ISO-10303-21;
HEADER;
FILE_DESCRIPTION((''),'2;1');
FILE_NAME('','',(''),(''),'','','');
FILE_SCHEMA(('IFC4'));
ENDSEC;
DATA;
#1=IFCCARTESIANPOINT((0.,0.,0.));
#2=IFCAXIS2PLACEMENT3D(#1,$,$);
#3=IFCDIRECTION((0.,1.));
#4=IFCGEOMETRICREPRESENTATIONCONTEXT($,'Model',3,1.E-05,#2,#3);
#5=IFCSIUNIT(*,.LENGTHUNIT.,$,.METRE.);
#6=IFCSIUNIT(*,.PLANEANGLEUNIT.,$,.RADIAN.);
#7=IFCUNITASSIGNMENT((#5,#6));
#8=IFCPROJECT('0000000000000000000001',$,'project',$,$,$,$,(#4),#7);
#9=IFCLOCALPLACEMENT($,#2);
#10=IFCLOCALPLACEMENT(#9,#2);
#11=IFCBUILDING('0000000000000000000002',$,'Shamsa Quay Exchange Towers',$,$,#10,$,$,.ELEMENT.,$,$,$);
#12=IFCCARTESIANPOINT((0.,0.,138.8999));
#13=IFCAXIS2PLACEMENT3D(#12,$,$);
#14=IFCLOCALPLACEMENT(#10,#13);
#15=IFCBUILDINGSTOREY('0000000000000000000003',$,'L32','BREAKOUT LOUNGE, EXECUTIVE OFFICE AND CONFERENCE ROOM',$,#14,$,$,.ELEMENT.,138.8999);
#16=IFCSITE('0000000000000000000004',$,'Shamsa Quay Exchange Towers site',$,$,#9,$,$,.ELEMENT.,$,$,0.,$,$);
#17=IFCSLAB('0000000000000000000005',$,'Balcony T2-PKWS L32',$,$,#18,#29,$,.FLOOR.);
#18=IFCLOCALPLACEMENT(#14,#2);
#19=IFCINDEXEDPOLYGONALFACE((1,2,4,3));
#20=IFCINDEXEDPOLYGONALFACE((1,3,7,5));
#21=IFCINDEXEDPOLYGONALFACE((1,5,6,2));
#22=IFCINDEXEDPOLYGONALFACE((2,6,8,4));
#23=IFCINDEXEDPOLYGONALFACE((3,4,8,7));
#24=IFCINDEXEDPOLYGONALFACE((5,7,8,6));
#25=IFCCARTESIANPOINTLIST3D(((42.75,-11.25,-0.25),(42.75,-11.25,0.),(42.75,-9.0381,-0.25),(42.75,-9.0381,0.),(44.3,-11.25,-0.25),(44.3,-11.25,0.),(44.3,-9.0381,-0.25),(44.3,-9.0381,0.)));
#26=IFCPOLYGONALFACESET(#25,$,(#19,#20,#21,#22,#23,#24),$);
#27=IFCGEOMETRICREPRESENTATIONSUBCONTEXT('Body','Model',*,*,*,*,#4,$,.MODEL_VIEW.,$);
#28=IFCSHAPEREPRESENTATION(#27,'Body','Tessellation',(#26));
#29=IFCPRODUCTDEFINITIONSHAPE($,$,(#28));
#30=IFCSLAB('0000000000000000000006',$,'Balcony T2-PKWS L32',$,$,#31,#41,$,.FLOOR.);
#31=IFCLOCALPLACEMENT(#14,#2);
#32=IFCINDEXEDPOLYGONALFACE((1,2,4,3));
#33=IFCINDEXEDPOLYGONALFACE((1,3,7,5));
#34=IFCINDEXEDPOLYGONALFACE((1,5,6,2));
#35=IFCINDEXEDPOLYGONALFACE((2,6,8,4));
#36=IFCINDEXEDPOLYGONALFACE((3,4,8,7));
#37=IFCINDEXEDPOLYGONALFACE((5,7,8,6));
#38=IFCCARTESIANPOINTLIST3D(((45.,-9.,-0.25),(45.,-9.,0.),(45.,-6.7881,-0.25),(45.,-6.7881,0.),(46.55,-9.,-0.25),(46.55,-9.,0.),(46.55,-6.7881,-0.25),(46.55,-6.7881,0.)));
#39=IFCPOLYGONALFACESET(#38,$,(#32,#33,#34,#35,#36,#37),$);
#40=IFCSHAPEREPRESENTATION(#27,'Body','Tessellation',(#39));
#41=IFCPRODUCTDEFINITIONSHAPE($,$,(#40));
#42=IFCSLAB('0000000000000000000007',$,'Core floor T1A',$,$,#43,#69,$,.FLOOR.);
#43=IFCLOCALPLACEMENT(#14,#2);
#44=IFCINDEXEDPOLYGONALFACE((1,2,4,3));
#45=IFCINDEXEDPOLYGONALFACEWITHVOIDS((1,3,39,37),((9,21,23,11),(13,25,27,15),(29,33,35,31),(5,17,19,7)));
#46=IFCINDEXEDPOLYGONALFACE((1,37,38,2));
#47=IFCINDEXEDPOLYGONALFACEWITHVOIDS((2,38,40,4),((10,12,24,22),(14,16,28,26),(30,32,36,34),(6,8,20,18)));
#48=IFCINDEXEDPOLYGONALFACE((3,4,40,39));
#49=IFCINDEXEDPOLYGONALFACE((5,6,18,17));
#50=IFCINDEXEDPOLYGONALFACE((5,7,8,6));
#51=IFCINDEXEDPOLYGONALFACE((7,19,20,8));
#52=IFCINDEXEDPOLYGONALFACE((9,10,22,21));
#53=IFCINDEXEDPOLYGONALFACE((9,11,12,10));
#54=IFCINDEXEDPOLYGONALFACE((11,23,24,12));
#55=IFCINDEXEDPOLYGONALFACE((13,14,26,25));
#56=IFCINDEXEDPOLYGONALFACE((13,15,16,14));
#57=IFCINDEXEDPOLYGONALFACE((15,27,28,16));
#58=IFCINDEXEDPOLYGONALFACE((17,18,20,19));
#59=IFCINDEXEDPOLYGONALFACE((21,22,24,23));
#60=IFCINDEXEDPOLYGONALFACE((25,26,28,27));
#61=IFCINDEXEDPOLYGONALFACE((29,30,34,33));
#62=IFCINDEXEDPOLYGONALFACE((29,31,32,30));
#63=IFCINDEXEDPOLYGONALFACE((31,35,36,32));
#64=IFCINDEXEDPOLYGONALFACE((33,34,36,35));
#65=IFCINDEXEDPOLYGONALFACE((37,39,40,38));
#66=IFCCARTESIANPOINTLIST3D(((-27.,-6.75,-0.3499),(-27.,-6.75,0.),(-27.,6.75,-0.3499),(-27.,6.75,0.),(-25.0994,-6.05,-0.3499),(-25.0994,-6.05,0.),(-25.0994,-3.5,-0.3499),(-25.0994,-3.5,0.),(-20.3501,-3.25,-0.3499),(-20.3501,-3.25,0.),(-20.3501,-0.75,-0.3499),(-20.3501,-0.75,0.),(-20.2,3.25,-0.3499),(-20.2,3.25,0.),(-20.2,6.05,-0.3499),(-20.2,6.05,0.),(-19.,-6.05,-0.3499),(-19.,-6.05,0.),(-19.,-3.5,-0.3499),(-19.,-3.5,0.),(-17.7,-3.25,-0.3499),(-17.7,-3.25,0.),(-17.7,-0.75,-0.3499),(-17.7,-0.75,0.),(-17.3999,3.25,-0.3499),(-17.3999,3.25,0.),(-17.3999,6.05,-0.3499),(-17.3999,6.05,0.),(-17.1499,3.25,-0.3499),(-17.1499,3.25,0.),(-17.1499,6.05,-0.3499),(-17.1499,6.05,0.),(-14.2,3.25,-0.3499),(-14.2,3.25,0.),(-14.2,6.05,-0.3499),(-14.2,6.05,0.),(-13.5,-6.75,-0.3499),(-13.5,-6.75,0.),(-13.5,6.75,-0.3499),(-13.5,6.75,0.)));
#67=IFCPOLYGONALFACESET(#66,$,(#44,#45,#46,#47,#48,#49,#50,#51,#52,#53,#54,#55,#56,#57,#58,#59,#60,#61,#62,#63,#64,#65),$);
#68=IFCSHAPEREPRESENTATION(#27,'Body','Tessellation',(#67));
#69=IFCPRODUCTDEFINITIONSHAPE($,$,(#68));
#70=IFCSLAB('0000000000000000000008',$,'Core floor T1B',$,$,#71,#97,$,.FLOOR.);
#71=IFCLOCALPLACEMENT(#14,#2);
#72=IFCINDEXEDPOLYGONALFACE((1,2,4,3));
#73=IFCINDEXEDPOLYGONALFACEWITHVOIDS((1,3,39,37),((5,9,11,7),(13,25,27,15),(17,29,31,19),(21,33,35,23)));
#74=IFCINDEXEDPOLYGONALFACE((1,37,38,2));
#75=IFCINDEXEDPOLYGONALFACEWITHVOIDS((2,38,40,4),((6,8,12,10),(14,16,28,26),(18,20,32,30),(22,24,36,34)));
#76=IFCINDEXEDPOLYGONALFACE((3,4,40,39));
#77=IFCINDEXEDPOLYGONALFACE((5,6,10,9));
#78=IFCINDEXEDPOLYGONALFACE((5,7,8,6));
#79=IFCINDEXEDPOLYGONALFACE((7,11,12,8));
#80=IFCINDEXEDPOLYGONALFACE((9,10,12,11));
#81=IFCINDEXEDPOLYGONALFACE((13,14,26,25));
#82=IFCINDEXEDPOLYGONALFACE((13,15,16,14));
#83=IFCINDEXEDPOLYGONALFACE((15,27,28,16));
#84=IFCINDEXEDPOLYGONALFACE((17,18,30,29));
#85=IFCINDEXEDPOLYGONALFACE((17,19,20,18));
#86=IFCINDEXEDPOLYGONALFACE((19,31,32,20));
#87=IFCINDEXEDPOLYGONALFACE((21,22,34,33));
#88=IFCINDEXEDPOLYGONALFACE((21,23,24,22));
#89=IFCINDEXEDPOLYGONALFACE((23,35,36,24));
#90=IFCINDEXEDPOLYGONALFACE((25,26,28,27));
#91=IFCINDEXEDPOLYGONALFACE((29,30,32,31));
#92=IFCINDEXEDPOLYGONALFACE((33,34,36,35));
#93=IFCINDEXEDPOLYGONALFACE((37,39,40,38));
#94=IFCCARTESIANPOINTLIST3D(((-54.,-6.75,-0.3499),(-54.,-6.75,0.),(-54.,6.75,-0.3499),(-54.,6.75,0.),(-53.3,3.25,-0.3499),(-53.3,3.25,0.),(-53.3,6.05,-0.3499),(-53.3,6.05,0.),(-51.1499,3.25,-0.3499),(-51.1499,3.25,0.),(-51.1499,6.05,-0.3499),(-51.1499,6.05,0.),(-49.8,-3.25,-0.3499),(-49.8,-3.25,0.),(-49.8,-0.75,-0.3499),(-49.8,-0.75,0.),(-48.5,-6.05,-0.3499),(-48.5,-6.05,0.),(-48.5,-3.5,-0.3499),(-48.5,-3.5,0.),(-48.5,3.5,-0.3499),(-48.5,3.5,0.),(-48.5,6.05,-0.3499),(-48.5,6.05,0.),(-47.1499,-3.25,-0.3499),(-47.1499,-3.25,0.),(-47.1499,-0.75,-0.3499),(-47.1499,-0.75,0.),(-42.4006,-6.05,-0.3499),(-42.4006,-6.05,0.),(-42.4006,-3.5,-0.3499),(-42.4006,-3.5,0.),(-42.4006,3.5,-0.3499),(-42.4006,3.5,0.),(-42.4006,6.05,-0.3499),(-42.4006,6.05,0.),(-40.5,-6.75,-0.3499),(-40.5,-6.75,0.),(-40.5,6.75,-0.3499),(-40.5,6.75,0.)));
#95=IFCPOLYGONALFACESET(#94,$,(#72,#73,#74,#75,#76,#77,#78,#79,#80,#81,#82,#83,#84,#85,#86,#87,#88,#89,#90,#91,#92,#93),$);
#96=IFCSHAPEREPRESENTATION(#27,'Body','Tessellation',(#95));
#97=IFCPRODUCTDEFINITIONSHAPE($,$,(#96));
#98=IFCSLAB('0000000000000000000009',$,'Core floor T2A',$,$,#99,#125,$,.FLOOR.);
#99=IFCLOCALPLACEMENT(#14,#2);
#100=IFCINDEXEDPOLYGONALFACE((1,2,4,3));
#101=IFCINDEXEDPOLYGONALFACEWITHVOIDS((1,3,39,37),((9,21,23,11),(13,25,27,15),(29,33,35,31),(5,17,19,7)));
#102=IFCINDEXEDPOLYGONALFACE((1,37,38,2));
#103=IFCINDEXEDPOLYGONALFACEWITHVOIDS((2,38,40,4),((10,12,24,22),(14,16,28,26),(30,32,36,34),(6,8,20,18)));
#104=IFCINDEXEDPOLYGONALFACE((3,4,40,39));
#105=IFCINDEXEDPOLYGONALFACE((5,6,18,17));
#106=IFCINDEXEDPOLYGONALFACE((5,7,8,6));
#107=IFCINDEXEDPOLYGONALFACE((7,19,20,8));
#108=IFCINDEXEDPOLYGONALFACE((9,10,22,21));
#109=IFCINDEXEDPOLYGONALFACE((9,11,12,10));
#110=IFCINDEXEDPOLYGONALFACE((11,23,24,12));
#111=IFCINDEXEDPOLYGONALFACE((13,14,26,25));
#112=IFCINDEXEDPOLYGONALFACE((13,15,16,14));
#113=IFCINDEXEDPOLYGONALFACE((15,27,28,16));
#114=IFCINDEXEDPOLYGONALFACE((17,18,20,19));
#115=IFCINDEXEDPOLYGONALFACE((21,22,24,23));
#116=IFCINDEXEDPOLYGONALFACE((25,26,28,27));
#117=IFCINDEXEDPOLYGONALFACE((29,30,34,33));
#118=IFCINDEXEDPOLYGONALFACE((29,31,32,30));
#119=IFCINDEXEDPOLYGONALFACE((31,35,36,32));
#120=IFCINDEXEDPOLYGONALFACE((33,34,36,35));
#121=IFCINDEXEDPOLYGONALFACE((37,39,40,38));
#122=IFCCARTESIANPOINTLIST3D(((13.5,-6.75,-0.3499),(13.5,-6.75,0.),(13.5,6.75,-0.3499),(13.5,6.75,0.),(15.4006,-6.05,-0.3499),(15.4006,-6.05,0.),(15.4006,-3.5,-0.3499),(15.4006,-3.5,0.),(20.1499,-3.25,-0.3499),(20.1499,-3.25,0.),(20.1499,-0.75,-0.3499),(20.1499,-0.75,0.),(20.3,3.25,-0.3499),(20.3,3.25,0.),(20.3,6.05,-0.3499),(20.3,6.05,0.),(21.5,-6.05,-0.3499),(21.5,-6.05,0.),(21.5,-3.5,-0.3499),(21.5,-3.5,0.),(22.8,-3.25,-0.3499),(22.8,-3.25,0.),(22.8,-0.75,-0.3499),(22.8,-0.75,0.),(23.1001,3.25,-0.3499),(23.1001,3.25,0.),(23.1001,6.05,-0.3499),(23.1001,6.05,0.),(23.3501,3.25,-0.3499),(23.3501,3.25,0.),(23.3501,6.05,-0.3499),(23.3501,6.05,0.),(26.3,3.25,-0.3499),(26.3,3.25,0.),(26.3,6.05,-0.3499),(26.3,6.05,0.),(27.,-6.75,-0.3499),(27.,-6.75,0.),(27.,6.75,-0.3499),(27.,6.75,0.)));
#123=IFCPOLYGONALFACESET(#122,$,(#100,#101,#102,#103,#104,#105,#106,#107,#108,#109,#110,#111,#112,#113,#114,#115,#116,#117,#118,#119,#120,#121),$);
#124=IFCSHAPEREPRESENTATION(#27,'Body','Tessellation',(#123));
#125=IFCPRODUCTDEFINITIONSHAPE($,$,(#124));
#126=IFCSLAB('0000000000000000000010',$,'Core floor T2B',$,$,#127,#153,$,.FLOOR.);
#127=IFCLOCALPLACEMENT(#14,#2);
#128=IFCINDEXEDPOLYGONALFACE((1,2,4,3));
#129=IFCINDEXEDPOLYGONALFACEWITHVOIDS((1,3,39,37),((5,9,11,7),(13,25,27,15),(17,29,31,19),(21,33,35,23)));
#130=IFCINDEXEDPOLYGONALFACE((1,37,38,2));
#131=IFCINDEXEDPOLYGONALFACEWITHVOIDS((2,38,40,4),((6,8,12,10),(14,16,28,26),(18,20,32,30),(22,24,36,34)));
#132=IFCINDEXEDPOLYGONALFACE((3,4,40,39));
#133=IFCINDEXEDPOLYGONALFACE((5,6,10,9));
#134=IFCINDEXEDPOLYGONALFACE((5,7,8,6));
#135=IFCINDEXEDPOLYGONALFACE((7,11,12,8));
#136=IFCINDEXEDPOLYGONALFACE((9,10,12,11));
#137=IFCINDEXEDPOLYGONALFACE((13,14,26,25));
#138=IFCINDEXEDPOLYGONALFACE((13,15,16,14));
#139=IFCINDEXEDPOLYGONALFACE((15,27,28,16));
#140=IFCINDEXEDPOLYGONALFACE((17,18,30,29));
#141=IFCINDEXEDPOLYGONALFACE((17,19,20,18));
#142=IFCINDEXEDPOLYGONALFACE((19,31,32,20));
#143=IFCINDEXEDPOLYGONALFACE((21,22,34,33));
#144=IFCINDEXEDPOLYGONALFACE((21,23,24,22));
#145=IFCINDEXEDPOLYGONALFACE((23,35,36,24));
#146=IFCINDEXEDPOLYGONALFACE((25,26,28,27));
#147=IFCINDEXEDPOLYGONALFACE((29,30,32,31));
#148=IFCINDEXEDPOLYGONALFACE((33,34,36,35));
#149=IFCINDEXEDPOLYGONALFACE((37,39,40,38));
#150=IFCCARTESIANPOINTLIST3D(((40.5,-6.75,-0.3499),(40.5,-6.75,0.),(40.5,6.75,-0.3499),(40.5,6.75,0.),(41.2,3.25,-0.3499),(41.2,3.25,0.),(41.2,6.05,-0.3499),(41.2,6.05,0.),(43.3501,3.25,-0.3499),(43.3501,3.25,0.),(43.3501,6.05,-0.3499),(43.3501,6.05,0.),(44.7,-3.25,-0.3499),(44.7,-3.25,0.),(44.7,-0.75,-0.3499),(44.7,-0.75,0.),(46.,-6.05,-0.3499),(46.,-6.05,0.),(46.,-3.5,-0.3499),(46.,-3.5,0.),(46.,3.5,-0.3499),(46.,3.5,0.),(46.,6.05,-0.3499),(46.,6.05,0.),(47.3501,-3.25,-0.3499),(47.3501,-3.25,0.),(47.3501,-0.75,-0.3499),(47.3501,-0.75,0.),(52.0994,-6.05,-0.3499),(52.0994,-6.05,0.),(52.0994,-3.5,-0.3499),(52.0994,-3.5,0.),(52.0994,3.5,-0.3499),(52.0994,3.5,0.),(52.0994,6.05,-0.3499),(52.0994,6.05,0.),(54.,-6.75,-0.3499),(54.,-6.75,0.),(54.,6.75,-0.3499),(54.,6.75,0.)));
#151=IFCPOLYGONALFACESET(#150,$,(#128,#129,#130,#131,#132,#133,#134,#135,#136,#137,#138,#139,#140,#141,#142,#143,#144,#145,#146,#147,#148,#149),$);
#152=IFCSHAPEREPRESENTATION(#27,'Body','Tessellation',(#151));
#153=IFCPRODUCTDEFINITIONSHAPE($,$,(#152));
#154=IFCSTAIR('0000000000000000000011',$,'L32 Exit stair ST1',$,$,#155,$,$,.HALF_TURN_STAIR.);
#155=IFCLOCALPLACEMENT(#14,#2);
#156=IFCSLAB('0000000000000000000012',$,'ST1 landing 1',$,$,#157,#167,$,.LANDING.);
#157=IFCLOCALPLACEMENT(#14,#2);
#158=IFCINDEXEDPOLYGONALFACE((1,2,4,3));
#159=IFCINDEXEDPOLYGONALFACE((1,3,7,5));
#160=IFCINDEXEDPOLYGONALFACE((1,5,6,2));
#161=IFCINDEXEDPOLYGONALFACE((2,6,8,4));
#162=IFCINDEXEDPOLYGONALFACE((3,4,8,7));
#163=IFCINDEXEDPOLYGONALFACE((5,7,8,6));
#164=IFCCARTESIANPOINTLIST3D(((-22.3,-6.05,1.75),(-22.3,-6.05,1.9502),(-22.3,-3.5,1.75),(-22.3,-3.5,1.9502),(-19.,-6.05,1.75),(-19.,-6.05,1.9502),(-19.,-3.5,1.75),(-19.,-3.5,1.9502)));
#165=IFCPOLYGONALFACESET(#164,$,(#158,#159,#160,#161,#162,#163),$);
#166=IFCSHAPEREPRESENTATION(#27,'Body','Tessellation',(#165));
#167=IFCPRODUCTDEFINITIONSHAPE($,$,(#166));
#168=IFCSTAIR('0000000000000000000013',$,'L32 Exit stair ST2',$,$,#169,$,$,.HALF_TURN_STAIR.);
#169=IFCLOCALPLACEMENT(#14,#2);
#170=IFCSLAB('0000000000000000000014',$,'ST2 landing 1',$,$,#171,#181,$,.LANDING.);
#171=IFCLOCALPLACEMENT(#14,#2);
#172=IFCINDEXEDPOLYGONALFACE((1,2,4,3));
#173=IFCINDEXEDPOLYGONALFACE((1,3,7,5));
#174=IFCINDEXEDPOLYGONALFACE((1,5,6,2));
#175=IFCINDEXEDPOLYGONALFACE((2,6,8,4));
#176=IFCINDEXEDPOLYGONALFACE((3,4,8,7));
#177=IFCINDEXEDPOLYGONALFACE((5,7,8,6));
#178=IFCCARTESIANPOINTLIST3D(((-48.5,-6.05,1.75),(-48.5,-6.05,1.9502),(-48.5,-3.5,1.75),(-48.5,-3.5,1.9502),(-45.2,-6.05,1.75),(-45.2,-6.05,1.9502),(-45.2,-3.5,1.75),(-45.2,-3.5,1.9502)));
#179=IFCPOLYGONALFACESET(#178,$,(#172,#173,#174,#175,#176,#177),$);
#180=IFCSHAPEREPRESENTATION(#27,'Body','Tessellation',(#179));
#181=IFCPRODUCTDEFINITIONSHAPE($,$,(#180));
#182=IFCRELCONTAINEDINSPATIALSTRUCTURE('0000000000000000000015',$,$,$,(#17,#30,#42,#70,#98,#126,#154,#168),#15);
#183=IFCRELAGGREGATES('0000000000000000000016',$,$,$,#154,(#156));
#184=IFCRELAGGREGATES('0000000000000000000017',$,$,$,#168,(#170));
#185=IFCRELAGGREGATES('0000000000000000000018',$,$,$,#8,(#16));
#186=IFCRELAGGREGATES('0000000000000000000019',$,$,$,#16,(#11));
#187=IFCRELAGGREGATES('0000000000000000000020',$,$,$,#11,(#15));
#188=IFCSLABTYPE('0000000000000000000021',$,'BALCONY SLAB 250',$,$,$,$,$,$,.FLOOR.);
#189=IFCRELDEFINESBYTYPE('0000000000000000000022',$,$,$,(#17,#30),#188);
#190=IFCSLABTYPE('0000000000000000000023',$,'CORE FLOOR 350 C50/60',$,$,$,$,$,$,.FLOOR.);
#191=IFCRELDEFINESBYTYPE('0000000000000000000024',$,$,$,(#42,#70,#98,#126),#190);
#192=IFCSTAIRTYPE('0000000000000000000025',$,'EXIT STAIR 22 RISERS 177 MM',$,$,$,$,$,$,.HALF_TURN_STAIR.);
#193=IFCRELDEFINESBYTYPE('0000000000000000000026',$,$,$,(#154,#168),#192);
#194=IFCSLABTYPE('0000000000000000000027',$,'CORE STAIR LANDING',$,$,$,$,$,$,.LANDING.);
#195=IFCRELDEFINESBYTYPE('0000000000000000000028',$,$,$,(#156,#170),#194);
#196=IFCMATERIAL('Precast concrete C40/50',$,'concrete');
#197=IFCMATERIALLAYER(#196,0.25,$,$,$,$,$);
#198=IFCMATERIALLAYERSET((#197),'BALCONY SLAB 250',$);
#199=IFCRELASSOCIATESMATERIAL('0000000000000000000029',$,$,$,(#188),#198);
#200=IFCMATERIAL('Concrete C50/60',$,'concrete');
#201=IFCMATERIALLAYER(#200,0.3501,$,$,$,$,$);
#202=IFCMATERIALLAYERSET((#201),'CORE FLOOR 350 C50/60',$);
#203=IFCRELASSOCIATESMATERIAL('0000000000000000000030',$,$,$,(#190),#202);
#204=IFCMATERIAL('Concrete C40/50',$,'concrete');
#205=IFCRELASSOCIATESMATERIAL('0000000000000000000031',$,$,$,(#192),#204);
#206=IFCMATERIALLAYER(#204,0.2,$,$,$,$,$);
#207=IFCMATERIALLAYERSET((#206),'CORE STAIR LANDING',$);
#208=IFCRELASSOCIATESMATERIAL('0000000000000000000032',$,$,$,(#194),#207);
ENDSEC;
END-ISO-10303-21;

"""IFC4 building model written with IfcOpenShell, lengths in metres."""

from ifc_helpers import new_model, si_unit, direction, frame, origin, place, context, subcontext, project, spatial, polyline, outline, extrude, material, layer, layer_set, type_object, element, aggregate, save


model = new_model("IFC4")

# Units and contexts
model_context = context("Model", 3, precision=1e-05, world=origin(), true_north=direction((0.0, 1.0)))
body_context = subcontext(model_context, "Body", "Model", "MODEL_VIEW")
ifc_project = project(units=[si_unit("LENGTHUNIT", "METRE"), si_unit("PLANEANGLEUNIT", "RADIAN")], contexts=[model_context])

# Site, building, storey
site_placement = place(None, origin())
site = spatial("IfcSite", under=ifc_project, at=site_placement, Name="Shamsa Quay Exchange Towers site", CompositionType="ELEMENT", RefElevation=0.0)
building_placement = place(site_placement, origin())
building = spatial("IfcBuilding", under=site, at=building_placement, Name="Shamsa Quay Exchange Towers", CompositionType="ELEMENT")
storey_placement = place(building_placement, frame((0.0, 0.0, 138.8999)))
storey = spatial("IfcBuildingStorey", under=building, at=storey_placement, Name="L32", Description="BREAKOUT LOUNGE, EXECUTIVE OFFICE AND CONFERENCE ROOM", CompositionType="ELEMENT", Elevation=138.8999)

# Slabs
ifc_material_1 = material(Name="Precast concrete C40/50", Category="concrete")
ifc_layer_1 = layer(ifc_material_1, 0.25)
ifc_layer_set_1 = layer_set([ifc_layer_1], Name="BALCONY SLAB 250")
slab_type_1 = type_object("IfcSlabType", Name="BALCONY SLAB 250", PredefinedType="FLOOR", material=ifc_layer_set_1)
slab_1_placement = place(storey_placement, frame((0.0, 0.0, -0.25)))
element("IfcSlab", 1, at=slab_1_placement, inside=storey, type_object=slab_type_1, Name="Balcony T2-PKWS L32", PredefinedType="FLOOR", context=body_context, shape_type="SweptSolid", body=[
    extrude(outline(polyline([(42.75, -11.25), (42.75, -9.0381), (44.3, -9.0381), (44.3, -11.25), (42.75, -11.25)])), origin(), (0.0, 0.0, 1.0), 0.25),
])
slab_2_placement = place(storey_placement, frame((0.0, 0.0, -0.25)))
element("IfcSlab", 2, at=slab_2_placement, inside=storey, type_object=slab_type_1, Name="Balcony T2-PKWS L32", PredefinedType="FLOOR", context=body_context, shape_type="SweptSolid", body=[
    extrude(outline(polyline([(45.0, -9.0), (45.0, -6.7881), (46.55, -6.7881), (46.55, -9.0), (45.0, -9.0)])), origin(), (0.0, 0.0, 1.0), 0.25),
])
ifc_material_2 = material(Name="Concrete C50/60", Category="concrete")
ifc_layer_2 = layer(ifc_material_2, 0.3501)
ifc_layer_set_2 = layer_set([ifc_layer_2], Name="CORE FLOOR 350 C50/60")
slab_type_2 = type_object("IfcSlabType", Name="CORE FLOOR 350 C50/60", PredefinedType="FLOOR", material=ifc_layer_set_2)
slab_3_placement = place(storey_placement, frame((0.0, 0.0, -0.3499)))
element("IfcSlab", 3, at=slab_3_placement, inside=storey, type_object=slab_type_2, Name="Core floor T1A", PredefinedType="FLOOR", context=body_context, shape_type="SweptSolid", body=[
    extrude(outline(polyline([(-27.0, -6.75), (-13.5, -6.75), (-13.5, 6.75), (-27.0, 6.75), (-27.0, -6.75)]), holes=[polyline([(-25.0994, -6.05), (-25.0994, -3.5), (-19.0, -3.5), (-19.0, -6.05), (-25.0994, -6.05)]), polyline([(-20.2, 3.25), (-20.2, 6.05), (-17.3999, 6.05), (-17.3999, 3.25), (-20.2, 3.25)]), polyline([(-17.1499, 3.25), (-17.1499, 6.05), (-14.2, 6.05), (-14.2, 3.25), (-17.1499, 3.25)]), polyline([(-20.3501, -3.25), (-20.3501, -0.75), (-17.7, -0.75), (-17.7, -3.25), (-20.3501, -3.25)])]), origin(), (0.0, 0.0, 1.0), 0.3499),
])
slab_4_placement = place(storey_placement, frame((0.0, 0.0, -0.3499)))
element("IfcSlab", 4, at=slab_4_placement, inside=storey, type_object=slab_type_2, Name="Core floor T1B", PredefinedType="FLOOR", context=body_context, shape_type="SweptSolid", body=[
    extrude(outline(polyline([(-40.5, -6.75), (-40.5, 6.75), (-54.0, 6.75), (-54.0, -6.75), (-40.5, -6.75)]), holes=[polyline([(-42.4006, -3.5), (-42.4006, -6.05), (-48.5, -6.05), (-48.5, -3.5), (-42.4006, -3.5)]), polyline([(-42.4006, 6.05), (-42.4006, 3.5), (-48.5, 3.5), (-48.5, 6.05), (-42.4006, 6.05)]), polyline([(-51.1499, 3.25), (-53.3, 3.25), (-53.3, 6.05), (-51.1499, 6.05), (-51.1499, 3.25)]), polyline([(-47.1499, -3.25), (-49.8, -3.25), (-49.8, -0.75), (-47.1499, -0.75), (-47.1499, -3.25)])]), origin(), (0.0, 0.0, 1.0), 0.3499),
])
slab_5_placement = place(storey_placement, frame((0.0, 0.0, -0.3499)))
element("IfcSlab", 5, at=slab_5_placement, inside=storey, type_object=slab_type_2, Name="Core floor T2A", PredefinedType="FLOOR", context=body_context, shape_type="SweptSolid", body=[
    extrude(outline(polyline([(13.5, -6.75), (27.0, -6.75), (27.0, 6.75), (13.5, 6.75), (13.5, -6.75)]), holes=[polyline([(15.4006, -6.05), (15.4006, -3.5), (21.5, -3.5), (21.5, -6.05), (15.4006, -6.05)]), polyline([(20.3, 3.25), (20.3, 6.05), (23.1001, 6.05), (23.1001, 3.25), (20.3, 3.25)]), polyline([(23.3501, 3.25), (23.3501, 6.05), (26.3, 6.05), (26.3, 3.25), (23.3501, 3.25)]), polyline([(20.1499, -3.25), (20.1499, -0.75), (22.8, -0.75), (22.8, -3.25), (20.1499, -3.25)])]), origin(), (0.0, 0.0, 1.0), 0.3499),
])
slab_6_placement = place(storey_placement, frame((0.0, 0.0, -0.3499)))
element("IfcSlab", 6, at=slab_6_placement, inside=storey, type_object=slab_type_2, Name="Core floor T2B", PredefinedType="FLOOR", context=body_context, shape_type="SweptSolid", body=[
    extrude(outline(polyline([(54.0, -6.75), (54.0, 6.75), (40.5, 6.75), (40.5, -6.75), (54.0, -6.75)]), holes=[polyline([(52.0994, -3.5), (52.0994, -6.05), (46.0, -6.05), (46.0, -3.5), (52.0994, -3.5)]), polyline([(52.0994, 6.05), (52.0994, 3.5), (46.0, 3.5), (46.0, 6.05), (52.0994, 6.05)]), polyline([(43.3501, 3.25), (41.2, 3.25), (41.2, 6.05), (43.3501, 6.05), (43.3501, 3.25)]), polyline([(47.3501, -3.25), (44.7, -3.25), (44.7, -0.75), (47.3501, -0.75), (47.3501, -3.25)])]), origin(), (0.0, 0.0, 1.0), 0.3499),
])

# Stairs, slabs
ifc_material_3 = material(Name="Concrete C40/50", Category="concrete")
stair_type = type_object("IfcStairType", Name="EXIT STAIR 22 RISERS 177 MM", PredefinedType="HALF_TURN_STAIR", material=ifc_material_3)
stair_1_placement = place(storey_placement, origin())
stair_1 = element("IfcStair", 7, at=stair_1_placement, inside=storey, type_object=stair_type, Name="L32 Exit stair ST1", PredefinedType="HALF_TURN_STAIR")
ifc_layer_3 = layer(ifc_material_3, 0.2)
ifc_layer_set_3 = layer_set([ifc_layer_3], Name="CORE STAIR LANDING")
slab_type_3 = type_object("IfcSlabType", Name="CORE STAIR LANDING", PredefinedType="LANDING", material=ifc_layer_set_3)
slab_7_placement = place(storey_placement, frame((0.0, 0.0, 1.75)))
slab_7 = element("IfcSlab", 8, at=slab_7_placement, type_object=slab_type_3, Name="ST1 landing 1", PredefinedType="LANDING", context=body_context, shape_type="SweptSolid", body=[
    extrude(outline(polyline([(-22.3, -6.05), (-19.0, -6.05), (-19.0, -3.5), (-22.3, -3.5), (-22.3, -6.05)])), origin(), (0.0, 0.0, 1.0), 0.2002),
])
aggregate(stair_1, [slab_7])
stair_2_placement = place(storey_placement, origin())
stair_2 = element("IfcStair", 9, at=stair_2_placement, inside=storey, type_object=stair_type, Name="L32 Exit stair ST2", PredefinedType="HALF_TURN_STAIR")
slab_8_placement = place(storey_placement, frame((0.0, 0.0, 1.75)))
slab_8 = element("IfcSlab", 10, at=slab_8_placement, type_object=slab_type_3, Name="ST2 landing 1", PredefinedType="LANDING", context=body_context, shape_type="SweptSolid", body=[
    extrude(outline(polyline([(-45.2, -3.5), (-48.5, -3.5), (-48.5, -6.05), (-45.2, -6.05), (-45.2, -3.5)])), origin(), (0.0, 0.0, 1.0), 0.2002),
])
aggregate(stair_2, [slab_8])

save(model, "model.ifc")
